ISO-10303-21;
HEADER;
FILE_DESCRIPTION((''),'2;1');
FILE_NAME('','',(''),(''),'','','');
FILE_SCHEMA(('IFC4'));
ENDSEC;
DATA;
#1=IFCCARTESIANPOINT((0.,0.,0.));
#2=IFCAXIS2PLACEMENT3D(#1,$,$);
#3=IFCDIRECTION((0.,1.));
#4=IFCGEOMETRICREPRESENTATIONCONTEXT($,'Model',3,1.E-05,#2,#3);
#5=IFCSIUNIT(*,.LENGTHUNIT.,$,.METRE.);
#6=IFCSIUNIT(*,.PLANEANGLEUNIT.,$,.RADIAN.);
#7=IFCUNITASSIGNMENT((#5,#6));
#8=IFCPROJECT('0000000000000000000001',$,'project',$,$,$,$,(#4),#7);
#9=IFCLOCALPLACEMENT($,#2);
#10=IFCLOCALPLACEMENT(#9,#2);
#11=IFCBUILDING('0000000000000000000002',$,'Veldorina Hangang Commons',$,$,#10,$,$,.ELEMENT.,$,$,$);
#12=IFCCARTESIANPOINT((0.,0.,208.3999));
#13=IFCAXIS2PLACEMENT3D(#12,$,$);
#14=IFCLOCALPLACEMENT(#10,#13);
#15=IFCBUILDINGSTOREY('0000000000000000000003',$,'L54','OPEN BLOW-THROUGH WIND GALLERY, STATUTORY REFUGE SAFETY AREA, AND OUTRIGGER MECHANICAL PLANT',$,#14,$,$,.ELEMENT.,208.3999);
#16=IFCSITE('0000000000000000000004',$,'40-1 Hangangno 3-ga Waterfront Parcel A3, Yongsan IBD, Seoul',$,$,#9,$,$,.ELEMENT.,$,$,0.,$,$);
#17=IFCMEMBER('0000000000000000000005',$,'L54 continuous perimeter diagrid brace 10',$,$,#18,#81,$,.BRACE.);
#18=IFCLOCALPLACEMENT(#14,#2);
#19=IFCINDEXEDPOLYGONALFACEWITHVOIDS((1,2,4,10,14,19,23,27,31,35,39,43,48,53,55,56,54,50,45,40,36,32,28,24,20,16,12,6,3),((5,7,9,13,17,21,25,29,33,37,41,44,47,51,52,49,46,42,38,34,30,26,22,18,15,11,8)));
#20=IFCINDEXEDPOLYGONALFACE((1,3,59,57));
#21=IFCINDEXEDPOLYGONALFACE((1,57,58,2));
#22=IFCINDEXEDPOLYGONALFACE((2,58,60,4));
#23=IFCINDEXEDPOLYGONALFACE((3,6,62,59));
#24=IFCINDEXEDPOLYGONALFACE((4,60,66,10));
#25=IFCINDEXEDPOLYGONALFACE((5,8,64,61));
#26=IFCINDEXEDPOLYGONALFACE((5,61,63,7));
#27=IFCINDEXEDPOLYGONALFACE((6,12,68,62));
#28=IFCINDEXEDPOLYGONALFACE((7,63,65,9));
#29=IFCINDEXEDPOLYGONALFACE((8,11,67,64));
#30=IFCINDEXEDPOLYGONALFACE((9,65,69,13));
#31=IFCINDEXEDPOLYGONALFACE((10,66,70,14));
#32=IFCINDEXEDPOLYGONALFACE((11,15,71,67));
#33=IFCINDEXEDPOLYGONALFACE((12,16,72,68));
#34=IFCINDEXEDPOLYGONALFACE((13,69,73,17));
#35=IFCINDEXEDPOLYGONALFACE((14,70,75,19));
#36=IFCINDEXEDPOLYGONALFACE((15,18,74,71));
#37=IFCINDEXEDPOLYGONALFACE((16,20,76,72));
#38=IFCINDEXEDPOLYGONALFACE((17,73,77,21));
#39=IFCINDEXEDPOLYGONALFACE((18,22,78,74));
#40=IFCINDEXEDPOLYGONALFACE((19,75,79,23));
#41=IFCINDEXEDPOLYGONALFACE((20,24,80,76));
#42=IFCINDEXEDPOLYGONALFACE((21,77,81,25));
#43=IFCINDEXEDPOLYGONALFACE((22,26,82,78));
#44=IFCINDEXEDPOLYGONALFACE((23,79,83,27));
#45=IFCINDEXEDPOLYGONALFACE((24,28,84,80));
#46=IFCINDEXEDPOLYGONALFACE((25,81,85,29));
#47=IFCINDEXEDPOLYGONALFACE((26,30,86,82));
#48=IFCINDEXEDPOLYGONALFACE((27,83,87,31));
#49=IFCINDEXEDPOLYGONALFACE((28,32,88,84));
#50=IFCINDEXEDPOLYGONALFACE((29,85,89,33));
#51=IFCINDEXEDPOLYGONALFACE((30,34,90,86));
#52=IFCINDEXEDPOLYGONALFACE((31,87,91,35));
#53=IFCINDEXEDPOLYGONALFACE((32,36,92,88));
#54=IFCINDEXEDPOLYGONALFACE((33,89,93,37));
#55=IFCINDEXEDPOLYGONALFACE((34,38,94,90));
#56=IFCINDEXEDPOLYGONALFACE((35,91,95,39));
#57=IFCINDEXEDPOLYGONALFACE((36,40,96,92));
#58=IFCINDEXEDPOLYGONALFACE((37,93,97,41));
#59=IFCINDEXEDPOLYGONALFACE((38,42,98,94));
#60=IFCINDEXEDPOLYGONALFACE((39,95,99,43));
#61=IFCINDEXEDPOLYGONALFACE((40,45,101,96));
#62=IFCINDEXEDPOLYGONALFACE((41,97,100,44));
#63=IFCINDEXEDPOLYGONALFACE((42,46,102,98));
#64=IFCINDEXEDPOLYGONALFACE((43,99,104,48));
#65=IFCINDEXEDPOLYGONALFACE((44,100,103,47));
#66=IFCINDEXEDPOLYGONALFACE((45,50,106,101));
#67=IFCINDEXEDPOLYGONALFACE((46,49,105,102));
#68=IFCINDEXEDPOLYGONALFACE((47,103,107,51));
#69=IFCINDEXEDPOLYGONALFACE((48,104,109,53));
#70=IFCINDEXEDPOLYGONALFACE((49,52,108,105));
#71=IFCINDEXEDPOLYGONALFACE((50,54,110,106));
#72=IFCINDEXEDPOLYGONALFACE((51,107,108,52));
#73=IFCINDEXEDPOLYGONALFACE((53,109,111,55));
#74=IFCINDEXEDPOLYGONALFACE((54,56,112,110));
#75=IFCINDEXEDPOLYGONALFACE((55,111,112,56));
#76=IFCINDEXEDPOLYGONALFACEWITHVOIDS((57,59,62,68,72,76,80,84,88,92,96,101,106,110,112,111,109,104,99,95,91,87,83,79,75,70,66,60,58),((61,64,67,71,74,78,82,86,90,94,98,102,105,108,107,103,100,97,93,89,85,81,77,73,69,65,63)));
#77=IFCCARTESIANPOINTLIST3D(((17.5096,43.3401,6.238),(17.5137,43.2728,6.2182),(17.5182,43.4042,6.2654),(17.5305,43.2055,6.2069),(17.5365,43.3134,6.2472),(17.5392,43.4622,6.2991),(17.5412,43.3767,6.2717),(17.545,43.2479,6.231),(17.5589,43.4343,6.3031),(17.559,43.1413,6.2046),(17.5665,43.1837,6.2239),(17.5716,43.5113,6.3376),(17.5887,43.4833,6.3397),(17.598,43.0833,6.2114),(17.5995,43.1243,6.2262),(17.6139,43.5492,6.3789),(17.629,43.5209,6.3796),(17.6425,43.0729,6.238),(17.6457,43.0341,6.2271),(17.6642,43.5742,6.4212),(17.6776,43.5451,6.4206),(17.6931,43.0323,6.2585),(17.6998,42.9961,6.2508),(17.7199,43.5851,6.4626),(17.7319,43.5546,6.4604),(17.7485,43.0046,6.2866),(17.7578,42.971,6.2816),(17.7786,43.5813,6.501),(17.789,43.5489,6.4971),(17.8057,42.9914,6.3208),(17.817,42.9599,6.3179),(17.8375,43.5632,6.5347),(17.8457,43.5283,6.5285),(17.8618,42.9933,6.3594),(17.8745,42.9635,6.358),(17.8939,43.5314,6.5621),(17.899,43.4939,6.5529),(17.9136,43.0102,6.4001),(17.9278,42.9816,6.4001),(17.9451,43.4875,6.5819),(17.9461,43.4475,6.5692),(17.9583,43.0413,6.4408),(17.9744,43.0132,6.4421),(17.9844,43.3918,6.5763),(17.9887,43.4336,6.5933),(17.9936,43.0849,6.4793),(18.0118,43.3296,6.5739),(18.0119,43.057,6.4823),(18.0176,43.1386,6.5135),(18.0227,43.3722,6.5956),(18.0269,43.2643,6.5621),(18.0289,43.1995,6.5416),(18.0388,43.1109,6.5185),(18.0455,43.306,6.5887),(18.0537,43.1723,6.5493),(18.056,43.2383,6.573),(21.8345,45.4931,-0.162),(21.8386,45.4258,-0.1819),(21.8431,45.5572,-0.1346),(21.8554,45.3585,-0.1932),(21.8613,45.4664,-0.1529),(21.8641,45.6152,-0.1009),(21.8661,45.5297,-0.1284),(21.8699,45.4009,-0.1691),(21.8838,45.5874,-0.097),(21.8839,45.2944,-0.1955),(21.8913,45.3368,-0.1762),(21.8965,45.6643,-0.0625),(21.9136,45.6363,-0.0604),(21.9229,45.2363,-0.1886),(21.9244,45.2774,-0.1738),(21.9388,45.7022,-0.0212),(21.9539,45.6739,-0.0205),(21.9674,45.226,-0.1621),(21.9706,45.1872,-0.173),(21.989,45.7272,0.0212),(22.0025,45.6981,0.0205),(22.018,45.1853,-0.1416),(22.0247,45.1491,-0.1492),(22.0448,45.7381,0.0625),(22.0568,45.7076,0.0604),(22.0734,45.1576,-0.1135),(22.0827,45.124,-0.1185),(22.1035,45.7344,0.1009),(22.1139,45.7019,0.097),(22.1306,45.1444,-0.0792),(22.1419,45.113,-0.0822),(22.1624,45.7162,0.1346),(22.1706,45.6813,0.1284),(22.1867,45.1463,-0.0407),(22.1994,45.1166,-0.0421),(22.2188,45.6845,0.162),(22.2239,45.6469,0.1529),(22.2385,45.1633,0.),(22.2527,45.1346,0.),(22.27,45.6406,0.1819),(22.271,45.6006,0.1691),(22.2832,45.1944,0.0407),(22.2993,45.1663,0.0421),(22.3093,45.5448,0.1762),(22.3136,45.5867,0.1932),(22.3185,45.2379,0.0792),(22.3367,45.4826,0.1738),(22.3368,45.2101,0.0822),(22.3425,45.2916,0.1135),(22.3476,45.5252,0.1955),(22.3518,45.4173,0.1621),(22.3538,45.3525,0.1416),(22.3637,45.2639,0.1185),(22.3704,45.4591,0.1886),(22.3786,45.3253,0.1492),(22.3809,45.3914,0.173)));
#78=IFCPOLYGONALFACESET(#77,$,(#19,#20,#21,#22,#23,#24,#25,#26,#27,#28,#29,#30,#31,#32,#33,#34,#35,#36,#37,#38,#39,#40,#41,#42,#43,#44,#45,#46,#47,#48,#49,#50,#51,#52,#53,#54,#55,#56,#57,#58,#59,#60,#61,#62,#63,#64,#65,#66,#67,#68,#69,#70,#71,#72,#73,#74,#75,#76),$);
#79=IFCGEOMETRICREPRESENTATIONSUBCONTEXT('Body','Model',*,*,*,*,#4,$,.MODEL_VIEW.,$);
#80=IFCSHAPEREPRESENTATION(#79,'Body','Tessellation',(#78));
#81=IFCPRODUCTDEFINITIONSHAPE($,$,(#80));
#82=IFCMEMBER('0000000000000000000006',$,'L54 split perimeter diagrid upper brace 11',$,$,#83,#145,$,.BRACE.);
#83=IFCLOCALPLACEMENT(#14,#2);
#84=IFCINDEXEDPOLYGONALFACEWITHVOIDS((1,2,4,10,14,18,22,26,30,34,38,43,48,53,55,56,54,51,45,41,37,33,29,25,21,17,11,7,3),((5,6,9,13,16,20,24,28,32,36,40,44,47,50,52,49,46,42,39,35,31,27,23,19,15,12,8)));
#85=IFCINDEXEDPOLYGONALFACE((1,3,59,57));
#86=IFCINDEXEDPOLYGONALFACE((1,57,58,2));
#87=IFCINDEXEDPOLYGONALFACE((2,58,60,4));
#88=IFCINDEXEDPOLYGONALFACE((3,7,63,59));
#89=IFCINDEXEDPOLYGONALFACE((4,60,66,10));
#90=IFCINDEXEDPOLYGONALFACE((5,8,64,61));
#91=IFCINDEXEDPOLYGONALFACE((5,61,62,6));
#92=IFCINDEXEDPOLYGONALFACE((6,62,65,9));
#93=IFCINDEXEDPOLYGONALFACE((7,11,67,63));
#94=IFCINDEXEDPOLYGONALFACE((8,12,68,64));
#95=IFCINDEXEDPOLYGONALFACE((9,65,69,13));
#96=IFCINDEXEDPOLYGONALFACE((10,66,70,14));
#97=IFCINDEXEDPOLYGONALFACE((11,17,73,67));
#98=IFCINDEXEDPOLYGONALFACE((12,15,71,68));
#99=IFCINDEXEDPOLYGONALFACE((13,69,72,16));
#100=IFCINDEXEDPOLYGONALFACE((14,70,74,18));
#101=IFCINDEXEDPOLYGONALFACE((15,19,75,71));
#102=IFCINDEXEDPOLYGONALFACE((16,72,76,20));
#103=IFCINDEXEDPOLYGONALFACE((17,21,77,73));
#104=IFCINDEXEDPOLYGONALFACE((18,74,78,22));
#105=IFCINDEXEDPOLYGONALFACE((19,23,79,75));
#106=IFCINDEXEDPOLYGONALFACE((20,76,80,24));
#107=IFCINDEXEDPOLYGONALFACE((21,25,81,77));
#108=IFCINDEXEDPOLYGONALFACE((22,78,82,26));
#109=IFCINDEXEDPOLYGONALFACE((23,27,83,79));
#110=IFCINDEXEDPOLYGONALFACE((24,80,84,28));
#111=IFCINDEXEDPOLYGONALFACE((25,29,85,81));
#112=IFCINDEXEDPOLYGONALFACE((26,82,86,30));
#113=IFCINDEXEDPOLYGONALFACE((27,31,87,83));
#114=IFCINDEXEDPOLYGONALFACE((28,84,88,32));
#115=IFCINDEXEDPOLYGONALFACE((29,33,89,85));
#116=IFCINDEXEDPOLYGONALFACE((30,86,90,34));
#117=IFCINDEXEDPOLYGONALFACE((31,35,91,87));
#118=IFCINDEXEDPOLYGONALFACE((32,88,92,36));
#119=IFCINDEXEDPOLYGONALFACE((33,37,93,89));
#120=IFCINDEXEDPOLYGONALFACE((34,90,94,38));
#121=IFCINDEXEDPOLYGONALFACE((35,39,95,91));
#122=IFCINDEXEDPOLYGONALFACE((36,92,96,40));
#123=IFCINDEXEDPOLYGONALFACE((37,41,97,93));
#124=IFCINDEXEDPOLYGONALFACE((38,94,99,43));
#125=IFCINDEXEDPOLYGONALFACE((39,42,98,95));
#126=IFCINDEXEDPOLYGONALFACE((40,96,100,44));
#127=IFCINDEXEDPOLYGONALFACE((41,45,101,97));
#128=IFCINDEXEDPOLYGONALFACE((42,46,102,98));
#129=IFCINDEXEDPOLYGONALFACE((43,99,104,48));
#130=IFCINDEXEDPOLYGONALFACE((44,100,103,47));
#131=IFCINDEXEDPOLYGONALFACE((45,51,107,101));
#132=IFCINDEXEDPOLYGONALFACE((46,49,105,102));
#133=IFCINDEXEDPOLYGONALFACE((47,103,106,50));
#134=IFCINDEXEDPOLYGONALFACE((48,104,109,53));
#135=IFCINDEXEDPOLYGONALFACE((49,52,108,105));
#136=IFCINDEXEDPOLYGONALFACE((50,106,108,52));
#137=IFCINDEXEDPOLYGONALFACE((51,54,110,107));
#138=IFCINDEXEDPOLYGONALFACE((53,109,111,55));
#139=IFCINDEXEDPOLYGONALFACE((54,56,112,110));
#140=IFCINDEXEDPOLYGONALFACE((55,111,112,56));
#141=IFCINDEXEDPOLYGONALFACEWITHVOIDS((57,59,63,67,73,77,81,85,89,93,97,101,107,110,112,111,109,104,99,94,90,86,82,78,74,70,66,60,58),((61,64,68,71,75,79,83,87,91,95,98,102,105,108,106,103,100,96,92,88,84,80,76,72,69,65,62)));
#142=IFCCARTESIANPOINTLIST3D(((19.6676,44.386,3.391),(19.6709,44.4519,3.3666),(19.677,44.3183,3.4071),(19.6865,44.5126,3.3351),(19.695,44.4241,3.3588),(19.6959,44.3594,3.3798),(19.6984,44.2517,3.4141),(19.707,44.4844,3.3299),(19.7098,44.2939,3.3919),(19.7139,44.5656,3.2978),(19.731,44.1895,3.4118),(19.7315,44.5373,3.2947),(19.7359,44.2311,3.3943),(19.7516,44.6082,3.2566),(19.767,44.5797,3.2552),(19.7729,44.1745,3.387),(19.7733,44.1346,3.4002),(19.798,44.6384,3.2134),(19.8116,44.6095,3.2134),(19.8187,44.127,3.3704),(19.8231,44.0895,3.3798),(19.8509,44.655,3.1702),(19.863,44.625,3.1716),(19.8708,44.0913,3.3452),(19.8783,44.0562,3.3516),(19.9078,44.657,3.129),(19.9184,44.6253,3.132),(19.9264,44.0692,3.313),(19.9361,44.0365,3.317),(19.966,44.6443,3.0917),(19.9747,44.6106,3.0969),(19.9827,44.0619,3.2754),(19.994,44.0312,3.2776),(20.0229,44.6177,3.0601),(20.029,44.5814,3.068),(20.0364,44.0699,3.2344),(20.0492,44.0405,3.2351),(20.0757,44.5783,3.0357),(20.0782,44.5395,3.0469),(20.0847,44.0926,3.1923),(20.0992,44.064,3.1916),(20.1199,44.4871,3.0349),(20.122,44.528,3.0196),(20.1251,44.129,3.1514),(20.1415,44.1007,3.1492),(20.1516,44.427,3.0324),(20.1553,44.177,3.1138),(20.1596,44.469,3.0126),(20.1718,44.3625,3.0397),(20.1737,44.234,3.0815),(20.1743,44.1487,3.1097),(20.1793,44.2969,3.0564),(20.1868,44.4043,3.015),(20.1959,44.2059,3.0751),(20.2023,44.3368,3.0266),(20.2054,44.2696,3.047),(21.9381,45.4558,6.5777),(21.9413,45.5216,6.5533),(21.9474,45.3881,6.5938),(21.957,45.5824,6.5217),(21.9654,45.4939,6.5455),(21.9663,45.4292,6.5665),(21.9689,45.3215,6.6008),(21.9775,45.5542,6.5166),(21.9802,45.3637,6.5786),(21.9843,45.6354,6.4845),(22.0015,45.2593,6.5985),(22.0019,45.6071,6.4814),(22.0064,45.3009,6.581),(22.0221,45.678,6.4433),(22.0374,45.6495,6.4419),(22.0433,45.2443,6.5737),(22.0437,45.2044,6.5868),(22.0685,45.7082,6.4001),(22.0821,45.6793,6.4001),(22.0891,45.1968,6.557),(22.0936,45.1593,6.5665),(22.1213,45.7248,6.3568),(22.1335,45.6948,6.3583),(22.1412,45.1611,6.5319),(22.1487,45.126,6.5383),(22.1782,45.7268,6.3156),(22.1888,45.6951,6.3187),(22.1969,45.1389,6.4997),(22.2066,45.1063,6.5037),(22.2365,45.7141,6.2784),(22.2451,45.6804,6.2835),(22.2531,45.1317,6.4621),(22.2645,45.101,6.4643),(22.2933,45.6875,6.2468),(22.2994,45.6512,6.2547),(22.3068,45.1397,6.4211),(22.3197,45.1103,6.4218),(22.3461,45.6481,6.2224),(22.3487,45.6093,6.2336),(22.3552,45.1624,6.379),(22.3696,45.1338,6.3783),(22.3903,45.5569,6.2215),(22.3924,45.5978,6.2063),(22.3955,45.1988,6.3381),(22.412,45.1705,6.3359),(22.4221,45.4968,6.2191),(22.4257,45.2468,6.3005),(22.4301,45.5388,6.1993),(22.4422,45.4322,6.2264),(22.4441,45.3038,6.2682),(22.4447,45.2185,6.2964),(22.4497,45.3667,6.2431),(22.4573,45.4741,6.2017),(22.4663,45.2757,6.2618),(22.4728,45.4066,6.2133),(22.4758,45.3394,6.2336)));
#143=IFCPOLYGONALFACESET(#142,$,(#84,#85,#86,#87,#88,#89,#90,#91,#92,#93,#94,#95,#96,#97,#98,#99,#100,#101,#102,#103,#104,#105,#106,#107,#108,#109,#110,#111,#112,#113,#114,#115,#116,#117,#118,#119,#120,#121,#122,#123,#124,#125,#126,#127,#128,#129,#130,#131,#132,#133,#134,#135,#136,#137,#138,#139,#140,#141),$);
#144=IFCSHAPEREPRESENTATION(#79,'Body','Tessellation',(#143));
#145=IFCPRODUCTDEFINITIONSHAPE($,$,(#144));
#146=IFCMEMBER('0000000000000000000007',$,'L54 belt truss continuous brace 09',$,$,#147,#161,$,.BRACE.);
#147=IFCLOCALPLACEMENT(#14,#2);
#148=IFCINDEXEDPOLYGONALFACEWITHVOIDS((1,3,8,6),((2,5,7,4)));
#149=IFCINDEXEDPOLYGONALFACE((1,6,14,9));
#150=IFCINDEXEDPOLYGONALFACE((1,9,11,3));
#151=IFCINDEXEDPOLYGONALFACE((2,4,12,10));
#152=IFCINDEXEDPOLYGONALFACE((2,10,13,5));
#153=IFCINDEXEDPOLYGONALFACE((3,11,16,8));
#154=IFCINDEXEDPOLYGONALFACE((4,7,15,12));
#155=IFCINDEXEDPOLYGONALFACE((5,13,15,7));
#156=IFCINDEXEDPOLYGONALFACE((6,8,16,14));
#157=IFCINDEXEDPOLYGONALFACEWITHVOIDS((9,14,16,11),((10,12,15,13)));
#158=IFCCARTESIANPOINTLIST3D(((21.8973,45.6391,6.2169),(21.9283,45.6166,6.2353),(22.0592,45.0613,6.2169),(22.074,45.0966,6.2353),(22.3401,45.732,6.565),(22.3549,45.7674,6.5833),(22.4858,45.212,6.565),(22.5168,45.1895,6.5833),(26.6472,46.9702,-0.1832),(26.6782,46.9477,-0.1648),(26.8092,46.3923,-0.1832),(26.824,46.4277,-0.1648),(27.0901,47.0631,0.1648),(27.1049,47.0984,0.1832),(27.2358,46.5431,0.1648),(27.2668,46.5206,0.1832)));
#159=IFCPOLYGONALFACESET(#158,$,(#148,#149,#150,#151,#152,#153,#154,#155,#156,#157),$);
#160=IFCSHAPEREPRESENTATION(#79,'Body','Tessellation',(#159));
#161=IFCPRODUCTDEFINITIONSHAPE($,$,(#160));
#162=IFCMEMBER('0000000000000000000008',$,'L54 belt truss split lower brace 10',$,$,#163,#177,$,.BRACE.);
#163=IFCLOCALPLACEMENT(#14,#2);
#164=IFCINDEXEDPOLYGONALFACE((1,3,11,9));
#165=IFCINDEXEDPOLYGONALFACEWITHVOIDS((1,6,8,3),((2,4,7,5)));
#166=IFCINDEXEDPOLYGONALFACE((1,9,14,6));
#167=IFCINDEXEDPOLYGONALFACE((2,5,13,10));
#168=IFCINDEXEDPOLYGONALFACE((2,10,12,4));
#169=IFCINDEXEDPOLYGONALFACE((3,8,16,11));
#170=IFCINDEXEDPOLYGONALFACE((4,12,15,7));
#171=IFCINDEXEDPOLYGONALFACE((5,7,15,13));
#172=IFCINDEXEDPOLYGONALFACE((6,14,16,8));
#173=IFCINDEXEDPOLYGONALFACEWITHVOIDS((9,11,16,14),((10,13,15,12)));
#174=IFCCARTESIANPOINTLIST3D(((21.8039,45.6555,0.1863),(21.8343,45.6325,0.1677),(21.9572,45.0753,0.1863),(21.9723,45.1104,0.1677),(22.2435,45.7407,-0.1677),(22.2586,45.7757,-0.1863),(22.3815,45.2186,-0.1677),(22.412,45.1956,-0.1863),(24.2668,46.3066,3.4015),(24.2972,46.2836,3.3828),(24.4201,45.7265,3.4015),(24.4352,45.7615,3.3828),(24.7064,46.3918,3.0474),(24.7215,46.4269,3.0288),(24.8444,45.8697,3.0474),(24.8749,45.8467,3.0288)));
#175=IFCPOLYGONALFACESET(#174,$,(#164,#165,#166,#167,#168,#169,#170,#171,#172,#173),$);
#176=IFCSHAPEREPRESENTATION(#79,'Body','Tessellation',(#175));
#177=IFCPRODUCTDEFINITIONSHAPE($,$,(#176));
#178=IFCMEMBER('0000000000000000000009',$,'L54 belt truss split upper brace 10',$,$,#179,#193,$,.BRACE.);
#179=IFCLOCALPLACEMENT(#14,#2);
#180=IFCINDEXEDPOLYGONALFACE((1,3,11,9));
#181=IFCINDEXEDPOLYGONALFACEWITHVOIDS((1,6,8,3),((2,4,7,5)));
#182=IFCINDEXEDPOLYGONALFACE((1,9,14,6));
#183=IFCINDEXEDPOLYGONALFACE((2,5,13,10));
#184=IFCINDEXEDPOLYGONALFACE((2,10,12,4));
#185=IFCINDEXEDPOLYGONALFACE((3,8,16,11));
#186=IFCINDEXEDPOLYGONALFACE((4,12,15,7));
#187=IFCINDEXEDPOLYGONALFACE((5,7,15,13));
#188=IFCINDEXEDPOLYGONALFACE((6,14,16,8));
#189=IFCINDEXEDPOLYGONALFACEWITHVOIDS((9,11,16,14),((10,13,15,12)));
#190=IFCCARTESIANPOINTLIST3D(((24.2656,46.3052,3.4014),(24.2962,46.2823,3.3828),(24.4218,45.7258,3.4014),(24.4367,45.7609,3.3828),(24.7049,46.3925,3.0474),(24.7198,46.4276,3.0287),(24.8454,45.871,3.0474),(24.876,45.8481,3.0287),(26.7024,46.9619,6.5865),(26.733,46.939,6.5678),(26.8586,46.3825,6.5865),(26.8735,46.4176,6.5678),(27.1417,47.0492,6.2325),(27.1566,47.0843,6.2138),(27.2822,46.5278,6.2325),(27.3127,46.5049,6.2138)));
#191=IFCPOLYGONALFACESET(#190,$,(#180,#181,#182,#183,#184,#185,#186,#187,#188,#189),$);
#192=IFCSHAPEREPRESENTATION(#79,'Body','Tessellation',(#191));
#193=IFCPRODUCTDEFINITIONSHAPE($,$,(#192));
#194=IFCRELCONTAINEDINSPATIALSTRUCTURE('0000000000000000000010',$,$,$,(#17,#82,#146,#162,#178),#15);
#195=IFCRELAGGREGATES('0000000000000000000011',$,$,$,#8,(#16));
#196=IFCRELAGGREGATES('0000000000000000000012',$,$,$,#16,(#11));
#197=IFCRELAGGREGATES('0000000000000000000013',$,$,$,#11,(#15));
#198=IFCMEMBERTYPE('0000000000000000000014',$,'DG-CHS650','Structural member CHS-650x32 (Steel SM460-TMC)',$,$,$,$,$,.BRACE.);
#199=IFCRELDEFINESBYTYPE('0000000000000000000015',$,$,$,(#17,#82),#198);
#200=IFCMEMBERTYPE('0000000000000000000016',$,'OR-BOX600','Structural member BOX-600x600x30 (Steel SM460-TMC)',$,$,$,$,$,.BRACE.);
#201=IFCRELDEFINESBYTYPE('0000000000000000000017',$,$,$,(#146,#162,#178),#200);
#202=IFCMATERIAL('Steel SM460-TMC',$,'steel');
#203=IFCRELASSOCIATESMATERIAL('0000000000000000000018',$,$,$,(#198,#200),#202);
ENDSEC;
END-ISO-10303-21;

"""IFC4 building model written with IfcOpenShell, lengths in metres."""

from ifc_helpers import new_model, si_unit, direction, frame, origin, origin_2d, place, context, subcontext, project, spatial, hollow_rectangle, hollow_circle, extrude, material, material_profile, profile_set, type_object, element, save


model = new_model("IFC4")

# Units and contexts
model_context = context("Model", 3, precision=1e-05, world=origin(), true_north=direction((0.0, 1.0)))
body_context = subcontext(model_context, "Body", "Model", "MODEL_VIEW")
ifc_project = project(units=[si_unit("LENGTHUNIT", "METRE"), si_unit("PLANEANGLEUNIT", "RADIAN")], contexts=[model_context])

# Site, building, storey
site_placement = place(None, origin())
site = spatial("IfcSite", under=ifc_project, at=site_placement, Name="40-1 Hangangno 3-ga Waterfront Parcel A3, Yongsan IBD, Seoul", CompositionType="ELEMENT", RefElevation=0.0)
building_placement = place(site_placement, origin())
building = spatial("IfcBuilding", under=site, at=building_placement, Name="Veldorina Hangang Commons", CompositionType="ELEMENT")
storey_placement = place(building_placement, frame((0.0, 0.0, 208.3999)))
storey = spatial("IfcBuildingStorey", under=building, at=storey_placement, Name="L54", Description="OPEN BLOW-THROUGH WIND GALLERY, STATUTORY REFUGE SAFETY AREA, AND OUTRIGGER MECHANICAL PLANT", CompositionType="ELEMENT", Elevation=208.3999)

# Shared definitions
ifc_material_1 = material(Name="Steel SM460-TMC", Category="steel")

# Members
ifc_material_profile_1 = material_profile(ifc_material_1, hollow_circle(Radius=0.325, WallThickness=0.032, at=origin_2d()), Name="CHS-650x32")
ifc_profile_set_1 = profile_set([ifc_material_profile_1], Name="Steel SM460-TMC")
member_type_1 = type_object("IfcMemberType", Name="DG-CHS650", Description="Structural member CHS-650x32 (Steel SM460-TMC)", PredefinedType="BRACE", material=ifc_profile_set_1)
member_1_placement = place(storey_placement, frame((22.1079, 45.4255, 0.0), z_axis=(-0.539344, -0.2685, 0.798132), x_axis=(0.445656, -0.895204, 0.0)))
element("IfcMember", 1, at=member_1_placement, inside=storey, type_object=member_type_1, Name="L54 continuous perimeter diagrid brace 10", PredefinedType="BRACE", context=body_context, shape_type="SweptSolid", body=[
    extrude(hollow_circle(Radius=0.325, WallThickness=0.032, at=origin_2d()), origin(), (0.0, 0.0, 1.0), 8.0188),
])
member_2_placement = place(storey_placement, frame((19.9365, 44.3445, 3.2134), z_axis=(0.55972, 0.263731, 0.785595), x_axis=(-0.426237, 0.904611, 0.0)))
element("IfcMember", 2, at=member_2_placement, inside=storey, type_object=member_type_1, Name="L54 split perimeter diagrid upper brace 11", PredefinedType="BRACE", context=body_context, shape_type="SweptSolid", body=[
    extrude(hollow_circle(Radius=0.325, WallThickness=0.032, at=origin_2d()), origin(), (0.0, 0.0, 1.0), 4.0564),
])
ifc_material_profile_2 = material_profile(ifc_material_1, hollow_rectangle(XDim=0.6001, YDim=0.6001, WallThickness=0.03, at=origin_2d()), Name="BOX-600x600x30")
ifc_profile_set_2 = profile_set([ifc_material_profile_2], Name="Steel SM460-TMC")
member_type_2 = type_object("IfcMemberType", Name="OR-BOX600", Description="Structural member BOX-600x600x30 (Steel SM460-TMC)", PredefinedType="BRACE", material=ifc_profile_set_2)
member_3_placement = place(storey_placement, frame((26.957, 46.7454, 0.0), z_axis=(-0.587828, -0.164722, 0.792039), x_axis=(0.269828, -0.962908, 0.0)))
element("IfcMember", 3, at=member_3_placement, inside=storey, type_object=member_type_2, Name="L54 belt truss continuous brace 09", PredefinedType="BRACE", context=body_context, shape_type="SweptSolid", body=[
    extrude(hollow_rectangle(XDim=0.6001, YDim=0.6001, WallThickness=0.03, at=origin_2d()), origin(), (0.0, 0.0, 1.0), 8.0806),
])
member_4_placement = place(storey_placement, frame((22.1079, 45.4255, 0.0), z_axis=(0.600409, 0.158732, 0.783781), x_axis=(-0.255592, 0.966785, 0.0)))
element("IfcMember", 4, at=member_4_placement, inside=storey, type_object=member_type_2, Name="L54 belt truss split lower brace 10", PredefinedType="BRACE", context=body_context, shape_type="SweptSolid", body=[
    extrude(hollow_rectangle(XDim=0.6001, YDim=0.6001, WallThickness=0.03, at=origin_2d()), origin(), (0.0, 0.0, 1.0), 4.1021),
])
member_5_placement = place(storey_placement, frame((24.5708, 46.0767, 3.2151), z_axis=(0.599641, 0.161611, 0.783781), x_axis=(-0.260227, 0.965548, 0.0)))
element("IfcMember", 5, at=member_5_placement, inside=storey, type_object=member_type_2, Name="L54 belt truss split upper brace 10", PredefinedType="BRACE", context=body_context, shape_type="SweptSolid", body=[
    extrude(hollow_rectangle(XDim=0.6001, YDim=0.6001, WallThickness=0.03, at=origin_2d()), origin(), (0.0, 0.0, 1.0), 4.0637),
])

save(model, "model.ifc")
